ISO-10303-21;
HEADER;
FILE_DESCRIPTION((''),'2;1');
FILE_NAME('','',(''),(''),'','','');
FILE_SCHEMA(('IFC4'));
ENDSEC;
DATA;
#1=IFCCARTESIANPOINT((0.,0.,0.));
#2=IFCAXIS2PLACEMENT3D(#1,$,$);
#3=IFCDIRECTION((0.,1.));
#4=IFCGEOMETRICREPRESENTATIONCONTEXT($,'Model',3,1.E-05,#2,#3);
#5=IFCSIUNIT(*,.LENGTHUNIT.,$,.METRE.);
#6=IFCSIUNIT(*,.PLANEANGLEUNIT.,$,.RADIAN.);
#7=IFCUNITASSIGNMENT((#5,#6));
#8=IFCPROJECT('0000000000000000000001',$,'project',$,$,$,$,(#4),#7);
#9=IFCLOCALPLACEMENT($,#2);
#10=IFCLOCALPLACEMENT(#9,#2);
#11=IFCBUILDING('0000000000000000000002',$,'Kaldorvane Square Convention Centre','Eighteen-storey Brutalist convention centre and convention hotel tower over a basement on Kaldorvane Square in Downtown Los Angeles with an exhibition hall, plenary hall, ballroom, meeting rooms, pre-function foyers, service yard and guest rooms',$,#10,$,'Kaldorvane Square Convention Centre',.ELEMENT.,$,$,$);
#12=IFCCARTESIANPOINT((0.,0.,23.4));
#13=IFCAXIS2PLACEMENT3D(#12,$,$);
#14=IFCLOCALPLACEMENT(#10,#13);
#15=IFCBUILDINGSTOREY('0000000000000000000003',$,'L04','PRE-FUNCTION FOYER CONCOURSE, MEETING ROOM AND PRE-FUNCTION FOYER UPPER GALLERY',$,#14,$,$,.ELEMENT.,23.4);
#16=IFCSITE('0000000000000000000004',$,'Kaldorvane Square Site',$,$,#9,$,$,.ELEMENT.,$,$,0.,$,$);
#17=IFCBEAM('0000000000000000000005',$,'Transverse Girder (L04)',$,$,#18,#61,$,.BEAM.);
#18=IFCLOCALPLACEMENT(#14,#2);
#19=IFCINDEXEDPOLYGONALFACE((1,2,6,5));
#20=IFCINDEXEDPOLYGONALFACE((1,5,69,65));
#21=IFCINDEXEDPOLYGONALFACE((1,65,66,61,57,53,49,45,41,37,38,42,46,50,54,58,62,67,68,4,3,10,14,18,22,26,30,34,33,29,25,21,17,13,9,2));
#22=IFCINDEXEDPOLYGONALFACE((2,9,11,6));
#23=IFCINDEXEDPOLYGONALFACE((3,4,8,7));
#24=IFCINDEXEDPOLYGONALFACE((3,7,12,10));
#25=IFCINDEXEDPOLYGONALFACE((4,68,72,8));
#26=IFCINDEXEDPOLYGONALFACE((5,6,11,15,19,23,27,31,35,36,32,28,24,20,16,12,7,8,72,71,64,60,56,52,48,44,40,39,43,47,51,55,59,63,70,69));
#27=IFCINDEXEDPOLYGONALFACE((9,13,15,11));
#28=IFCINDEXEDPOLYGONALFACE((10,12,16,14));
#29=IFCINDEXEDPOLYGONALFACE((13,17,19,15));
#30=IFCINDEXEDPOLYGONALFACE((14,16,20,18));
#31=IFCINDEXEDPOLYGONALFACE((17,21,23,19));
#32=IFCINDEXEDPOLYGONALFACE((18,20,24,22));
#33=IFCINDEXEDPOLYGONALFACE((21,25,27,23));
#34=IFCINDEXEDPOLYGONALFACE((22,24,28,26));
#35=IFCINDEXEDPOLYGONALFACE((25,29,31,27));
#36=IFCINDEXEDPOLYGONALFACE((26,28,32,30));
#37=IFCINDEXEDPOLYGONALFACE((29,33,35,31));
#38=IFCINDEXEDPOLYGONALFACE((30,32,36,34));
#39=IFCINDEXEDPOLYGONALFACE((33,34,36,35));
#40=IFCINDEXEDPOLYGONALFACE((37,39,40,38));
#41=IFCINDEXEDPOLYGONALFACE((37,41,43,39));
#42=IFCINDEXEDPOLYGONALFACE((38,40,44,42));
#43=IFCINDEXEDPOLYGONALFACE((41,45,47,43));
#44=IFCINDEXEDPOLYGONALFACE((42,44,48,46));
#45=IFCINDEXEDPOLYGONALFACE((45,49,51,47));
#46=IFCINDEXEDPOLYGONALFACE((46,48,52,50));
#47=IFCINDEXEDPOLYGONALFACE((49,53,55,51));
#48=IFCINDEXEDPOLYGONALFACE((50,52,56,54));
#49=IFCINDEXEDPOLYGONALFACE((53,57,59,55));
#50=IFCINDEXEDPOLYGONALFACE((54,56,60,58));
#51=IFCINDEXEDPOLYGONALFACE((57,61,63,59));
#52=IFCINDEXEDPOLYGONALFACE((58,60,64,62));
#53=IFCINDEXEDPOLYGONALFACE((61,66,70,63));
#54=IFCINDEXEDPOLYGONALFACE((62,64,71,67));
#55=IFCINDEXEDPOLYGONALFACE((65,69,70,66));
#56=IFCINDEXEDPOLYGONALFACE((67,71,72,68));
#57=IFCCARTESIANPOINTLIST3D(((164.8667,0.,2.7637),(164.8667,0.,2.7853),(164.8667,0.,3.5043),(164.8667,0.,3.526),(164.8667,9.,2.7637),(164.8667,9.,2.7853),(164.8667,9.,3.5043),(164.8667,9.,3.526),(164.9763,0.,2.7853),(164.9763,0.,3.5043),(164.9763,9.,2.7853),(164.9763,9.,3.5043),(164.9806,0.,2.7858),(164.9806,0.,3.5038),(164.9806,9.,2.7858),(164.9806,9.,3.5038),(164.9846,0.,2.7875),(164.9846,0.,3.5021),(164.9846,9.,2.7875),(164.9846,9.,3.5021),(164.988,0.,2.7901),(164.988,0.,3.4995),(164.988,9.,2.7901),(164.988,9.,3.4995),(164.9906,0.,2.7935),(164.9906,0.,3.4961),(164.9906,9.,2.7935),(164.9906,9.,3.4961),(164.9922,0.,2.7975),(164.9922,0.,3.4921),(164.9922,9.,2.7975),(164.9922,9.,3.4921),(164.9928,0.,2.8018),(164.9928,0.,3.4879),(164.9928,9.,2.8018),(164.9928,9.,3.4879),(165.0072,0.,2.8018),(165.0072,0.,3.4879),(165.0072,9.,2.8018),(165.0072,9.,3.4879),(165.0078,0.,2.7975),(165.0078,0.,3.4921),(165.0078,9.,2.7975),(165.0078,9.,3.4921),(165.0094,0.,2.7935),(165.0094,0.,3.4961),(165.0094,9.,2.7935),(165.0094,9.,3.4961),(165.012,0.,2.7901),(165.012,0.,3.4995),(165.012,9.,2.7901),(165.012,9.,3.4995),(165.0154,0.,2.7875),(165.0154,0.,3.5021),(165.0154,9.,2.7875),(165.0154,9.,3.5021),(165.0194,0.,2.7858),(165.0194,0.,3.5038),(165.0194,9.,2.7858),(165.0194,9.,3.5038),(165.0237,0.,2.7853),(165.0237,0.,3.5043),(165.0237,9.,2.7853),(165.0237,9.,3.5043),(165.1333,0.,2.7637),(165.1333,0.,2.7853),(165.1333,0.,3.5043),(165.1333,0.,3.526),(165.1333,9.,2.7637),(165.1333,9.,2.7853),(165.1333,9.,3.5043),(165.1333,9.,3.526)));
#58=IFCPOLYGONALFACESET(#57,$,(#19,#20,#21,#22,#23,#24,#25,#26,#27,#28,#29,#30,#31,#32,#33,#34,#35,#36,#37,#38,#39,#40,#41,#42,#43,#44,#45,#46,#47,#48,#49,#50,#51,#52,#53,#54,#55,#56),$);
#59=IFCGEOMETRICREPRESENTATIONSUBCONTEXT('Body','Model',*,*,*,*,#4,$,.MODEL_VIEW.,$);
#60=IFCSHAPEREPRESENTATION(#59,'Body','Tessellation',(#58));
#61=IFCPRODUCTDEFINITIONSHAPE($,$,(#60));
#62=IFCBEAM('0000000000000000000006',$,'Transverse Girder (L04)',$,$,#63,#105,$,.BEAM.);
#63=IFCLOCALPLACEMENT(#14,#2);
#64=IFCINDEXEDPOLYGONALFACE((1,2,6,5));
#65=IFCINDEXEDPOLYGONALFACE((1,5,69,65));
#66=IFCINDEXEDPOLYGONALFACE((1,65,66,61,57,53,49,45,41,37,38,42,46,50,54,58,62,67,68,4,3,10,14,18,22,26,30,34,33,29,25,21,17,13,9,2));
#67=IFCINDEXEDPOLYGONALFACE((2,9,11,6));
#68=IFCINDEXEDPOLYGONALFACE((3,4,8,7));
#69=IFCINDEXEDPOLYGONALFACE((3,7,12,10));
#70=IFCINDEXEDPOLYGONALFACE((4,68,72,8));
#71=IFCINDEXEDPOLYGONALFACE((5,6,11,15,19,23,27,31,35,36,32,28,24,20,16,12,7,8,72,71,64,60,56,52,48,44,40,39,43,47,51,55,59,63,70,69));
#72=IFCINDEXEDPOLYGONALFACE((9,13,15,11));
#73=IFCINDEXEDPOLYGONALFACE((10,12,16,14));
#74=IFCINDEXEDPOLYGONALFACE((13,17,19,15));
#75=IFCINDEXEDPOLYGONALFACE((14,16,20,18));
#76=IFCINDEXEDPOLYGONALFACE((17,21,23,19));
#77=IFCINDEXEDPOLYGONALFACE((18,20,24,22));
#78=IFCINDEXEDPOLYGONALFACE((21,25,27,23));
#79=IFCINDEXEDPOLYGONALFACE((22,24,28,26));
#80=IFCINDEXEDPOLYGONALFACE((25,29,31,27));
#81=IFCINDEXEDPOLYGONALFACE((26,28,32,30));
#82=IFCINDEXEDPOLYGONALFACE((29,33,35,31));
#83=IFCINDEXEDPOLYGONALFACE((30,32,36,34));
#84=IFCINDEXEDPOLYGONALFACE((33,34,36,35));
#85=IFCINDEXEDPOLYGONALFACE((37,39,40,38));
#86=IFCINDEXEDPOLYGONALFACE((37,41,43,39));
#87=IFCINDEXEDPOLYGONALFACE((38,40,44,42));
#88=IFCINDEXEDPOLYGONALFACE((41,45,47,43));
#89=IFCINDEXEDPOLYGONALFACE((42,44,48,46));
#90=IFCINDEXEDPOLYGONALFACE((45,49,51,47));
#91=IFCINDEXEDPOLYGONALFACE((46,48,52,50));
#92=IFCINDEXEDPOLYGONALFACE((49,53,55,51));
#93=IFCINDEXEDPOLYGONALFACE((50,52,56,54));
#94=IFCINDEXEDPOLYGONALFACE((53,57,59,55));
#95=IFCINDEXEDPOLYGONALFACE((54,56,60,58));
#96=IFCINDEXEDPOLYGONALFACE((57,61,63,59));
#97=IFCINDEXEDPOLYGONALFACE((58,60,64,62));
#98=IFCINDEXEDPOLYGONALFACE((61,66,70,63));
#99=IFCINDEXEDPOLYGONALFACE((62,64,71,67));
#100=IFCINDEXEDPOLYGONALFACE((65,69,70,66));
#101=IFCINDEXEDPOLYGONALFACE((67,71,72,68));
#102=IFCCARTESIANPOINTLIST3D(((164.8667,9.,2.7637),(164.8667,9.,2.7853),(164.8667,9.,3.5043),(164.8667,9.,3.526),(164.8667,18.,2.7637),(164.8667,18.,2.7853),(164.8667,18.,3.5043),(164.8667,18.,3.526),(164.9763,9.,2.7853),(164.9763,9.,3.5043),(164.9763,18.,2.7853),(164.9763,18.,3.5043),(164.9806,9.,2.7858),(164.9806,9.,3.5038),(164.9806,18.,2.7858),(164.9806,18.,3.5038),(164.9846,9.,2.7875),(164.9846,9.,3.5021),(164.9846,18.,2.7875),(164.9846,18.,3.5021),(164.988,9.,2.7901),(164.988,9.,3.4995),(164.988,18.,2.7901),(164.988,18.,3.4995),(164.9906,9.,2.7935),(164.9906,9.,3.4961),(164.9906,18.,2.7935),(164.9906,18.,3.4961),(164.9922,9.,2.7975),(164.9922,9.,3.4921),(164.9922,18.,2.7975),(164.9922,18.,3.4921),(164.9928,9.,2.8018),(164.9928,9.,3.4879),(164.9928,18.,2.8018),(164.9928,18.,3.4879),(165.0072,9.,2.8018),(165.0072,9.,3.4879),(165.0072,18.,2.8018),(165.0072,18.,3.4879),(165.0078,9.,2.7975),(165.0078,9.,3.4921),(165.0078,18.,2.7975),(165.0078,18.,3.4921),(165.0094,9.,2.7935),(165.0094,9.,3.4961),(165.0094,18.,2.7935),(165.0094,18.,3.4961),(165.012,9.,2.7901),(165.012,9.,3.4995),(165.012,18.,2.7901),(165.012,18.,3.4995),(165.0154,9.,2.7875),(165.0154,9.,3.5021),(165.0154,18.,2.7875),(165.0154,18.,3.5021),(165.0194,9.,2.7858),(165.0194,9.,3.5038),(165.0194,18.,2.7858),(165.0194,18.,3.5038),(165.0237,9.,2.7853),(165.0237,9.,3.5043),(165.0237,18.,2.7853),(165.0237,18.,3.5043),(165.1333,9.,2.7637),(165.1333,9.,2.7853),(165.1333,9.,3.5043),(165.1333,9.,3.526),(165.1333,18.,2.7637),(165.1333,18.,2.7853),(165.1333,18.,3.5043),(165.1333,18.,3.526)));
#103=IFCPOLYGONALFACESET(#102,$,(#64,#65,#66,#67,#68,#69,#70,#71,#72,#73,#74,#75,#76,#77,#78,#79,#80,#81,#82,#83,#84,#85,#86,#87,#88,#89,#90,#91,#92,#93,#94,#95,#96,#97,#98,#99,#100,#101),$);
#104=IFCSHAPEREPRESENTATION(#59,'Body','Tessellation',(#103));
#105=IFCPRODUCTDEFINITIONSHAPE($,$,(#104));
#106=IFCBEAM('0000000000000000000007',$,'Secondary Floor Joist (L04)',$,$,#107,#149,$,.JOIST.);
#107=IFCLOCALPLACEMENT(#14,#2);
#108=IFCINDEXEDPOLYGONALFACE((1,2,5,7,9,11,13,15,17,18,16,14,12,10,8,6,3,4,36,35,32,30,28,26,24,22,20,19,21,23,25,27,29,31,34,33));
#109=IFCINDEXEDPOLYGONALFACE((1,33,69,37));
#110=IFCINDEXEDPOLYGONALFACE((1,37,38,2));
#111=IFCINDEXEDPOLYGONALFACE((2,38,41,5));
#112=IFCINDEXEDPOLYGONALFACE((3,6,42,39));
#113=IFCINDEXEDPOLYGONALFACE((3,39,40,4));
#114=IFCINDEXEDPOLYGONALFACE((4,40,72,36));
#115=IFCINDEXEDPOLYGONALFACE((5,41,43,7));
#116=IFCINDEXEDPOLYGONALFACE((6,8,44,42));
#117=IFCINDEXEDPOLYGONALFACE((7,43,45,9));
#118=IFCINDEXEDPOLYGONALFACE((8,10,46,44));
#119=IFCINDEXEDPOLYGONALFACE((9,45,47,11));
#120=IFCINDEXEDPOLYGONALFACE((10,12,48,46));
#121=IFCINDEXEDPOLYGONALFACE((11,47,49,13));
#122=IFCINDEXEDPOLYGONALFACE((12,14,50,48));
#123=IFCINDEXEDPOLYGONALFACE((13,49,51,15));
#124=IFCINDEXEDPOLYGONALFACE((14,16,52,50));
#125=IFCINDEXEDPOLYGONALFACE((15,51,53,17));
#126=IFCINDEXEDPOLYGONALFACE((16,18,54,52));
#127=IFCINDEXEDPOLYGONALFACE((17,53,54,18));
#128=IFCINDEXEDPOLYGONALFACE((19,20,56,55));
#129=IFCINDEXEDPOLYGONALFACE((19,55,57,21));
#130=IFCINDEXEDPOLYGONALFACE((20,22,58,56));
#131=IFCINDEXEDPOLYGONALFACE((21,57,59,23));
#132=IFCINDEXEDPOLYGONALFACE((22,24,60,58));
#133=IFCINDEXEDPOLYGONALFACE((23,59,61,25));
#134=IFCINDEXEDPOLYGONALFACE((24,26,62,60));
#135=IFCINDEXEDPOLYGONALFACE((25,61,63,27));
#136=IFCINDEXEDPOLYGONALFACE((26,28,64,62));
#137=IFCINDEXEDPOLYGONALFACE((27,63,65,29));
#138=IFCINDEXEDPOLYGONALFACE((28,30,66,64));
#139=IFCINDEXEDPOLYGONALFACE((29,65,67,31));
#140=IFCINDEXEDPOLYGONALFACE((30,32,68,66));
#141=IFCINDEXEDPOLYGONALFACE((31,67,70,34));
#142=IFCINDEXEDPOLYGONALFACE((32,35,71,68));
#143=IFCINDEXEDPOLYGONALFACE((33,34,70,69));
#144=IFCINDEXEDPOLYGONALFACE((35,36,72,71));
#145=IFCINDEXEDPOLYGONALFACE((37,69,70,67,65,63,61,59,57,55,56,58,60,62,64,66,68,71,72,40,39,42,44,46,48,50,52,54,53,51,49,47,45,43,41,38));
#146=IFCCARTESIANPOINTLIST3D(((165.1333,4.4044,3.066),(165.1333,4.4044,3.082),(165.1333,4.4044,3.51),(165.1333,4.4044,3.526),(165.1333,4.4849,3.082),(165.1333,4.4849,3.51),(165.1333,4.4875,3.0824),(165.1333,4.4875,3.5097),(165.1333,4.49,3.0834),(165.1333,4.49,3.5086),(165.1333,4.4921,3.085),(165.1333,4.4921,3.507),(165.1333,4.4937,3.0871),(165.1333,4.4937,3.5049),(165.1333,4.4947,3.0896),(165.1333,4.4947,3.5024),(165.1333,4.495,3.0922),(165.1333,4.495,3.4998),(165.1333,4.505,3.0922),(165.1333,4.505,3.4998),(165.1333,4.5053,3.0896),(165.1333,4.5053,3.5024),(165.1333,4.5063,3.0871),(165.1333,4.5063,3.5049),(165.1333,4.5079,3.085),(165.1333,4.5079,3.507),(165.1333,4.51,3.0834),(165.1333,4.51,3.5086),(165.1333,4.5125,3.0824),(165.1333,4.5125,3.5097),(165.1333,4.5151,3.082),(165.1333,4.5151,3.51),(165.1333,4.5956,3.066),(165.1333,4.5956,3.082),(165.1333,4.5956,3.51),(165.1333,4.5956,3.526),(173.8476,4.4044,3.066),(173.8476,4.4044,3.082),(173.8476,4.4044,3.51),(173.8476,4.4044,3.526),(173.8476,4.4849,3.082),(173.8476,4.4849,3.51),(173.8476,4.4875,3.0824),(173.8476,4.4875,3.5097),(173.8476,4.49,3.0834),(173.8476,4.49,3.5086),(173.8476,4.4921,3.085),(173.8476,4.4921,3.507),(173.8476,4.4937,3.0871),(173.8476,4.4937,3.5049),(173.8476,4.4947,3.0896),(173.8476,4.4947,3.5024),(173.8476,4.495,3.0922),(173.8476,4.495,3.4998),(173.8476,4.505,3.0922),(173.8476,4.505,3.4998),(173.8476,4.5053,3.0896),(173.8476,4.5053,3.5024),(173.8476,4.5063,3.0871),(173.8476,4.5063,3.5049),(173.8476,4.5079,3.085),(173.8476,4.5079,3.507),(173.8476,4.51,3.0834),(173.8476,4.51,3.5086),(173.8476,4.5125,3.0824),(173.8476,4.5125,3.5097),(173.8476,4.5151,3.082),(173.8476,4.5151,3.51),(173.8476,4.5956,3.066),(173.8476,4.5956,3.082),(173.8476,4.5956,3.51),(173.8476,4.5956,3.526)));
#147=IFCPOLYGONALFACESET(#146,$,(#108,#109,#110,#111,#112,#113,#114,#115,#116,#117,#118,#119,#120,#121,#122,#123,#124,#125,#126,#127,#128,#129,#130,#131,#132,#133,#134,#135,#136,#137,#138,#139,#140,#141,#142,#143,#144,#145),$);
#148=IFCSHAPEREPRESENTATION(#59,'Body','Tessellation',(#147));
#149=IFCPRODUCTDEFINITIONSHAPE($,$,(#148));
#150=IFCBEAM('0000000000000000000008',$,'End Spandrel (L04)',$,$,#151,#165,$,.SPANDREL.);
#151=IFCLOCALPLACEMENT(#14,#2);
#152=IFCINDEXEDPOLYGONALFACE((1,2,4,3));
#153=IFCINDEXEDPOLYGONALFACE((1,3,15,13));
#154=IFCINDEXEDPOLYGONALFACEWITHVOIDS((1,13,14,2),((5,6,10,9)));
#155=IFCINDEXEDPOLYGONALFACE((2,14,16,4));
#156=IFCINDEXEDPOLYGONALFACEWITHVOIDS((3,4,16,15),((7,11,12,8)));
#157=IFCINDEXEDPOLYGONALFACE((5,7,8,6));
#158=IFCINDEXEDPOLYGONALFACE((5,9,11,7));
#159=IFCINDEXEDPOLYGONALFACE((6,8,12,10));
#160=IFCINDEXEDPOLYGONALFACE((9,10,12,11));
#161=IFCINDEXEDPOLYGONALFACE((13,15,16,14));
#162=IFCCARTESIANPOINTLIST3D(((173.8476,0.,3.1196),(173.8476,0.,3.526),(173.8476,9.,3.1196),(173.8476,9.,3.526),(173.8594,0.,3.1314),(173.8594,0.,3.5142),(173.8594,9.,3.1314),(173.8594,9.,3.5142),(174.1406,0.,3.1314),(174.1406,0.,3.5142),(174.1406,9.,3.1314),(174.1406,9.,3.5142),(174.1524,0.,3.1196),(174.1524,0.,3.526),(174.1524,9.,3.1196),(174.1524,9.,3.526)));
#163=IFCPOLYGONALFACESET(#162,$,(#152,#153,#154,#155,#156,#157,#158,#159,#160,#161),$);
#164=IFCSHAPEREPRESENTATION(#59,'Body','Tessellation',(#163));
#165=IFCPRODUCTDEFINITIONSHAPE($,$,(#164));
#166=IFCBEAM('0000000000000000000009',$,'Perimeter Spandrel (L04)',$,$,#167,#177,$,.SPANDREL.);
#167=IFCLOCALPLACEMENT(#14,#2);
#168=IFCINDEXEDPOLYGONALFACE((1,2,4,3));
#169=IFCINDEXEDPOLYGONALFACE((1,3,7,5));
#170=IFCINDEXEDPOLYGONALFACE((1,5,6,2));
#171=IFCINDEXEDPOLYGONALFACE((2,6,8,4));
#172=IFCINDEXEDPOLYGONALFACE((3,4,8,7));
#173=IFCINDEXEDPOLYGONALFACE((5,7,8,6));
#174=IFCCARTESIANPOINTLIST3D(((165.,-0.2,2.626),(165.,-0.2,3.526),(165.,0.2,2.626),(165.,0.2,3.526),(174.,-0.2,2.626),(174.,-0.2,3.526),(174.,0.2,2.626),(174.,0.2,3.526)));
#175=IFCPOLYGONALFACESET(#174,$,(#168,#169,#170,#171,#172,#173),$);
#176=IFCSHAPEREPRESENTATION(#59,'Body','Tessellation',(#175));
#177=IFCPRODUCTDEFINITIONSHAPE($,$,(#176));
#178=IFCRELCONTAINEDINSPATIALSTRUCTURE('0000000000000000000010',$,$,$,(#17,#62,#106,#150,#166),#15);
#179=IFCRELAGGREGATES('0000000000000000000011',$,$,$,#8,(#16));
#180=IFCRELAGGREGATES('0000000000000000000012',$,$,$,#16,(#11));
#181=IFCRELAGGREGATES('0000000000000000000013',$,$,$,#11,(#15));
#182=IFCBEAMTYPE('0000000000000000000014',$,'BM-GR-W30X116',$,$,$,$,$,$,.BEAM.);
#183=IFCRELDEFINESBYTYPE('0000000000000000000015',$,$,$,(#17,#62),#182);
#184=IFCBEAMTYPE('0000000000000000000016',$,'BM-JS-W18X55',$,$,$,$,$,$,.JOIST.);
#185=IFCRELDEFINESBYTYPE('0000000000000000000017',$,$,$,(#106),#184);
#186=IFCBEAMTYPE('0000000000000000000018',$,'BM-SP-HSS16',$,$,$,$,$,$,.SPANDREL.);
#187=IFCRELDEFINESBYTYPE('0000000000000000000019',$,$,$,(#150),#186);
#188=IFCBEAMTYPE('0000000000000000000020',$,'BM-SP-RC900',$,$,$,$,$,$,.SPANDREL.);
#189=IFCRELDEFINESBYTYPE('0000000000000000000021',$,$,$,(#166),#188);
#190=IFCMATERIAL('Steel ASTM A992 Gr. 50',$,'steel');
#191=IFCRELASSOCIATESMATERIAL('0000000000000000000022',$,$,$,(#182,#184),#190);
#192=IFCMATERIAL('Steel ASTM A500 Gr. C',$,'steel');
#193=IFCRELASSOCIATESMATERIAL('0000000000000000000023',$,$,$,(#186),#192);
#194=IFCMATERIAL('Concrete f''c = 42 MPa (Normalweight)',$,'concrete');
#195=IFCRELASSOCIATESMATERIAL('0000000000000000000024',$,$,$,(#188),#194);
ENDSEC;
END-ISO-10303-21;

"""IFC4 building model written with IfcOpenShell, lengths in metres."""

from ifc_helpers import new_model, si_unit, direction, frame, origin, origin_2d, place, context, subcontext, project, spatial, rectangle, hollow_rectangle, i_section, extrude, material, material_profile, profile_set, type_object, element, save


model = new_model("IFC4")

# Units and contexts
model_context = context("Model", 3, precision=1e-05, world=origin(), true_north=direction((0.0, 1.0)))
body_context = subcontext(model_context, "Body", "Model", "MODEL_VIEW")
ifc_project = project(units=[si_unit("LENGTHUNIT", "METRE"), si_unit("PLANEANGLEUNIT", "RADIAN")], contexts=[model_context])

# Site, building, storey
site_placement = place(None, origin())
site = spatial("IfcSite", under=ifc_project, at=site_placement, Name="Kaldorvane Square Site", CompositionType="ELEMENT", RefElevation=0.0)
building_placement = place(site_placement, origin())
building = spatial("IfcBuilding", under=site, at=building_placement, Name="Kaldorvane Square Convention Centre", Description="Eighteen-storey Brutalist convention centre and convention hotel tower over a basement on Kaldorvane Square in Downtown Los Angeles with an exhibition hall, plenary hall, ballroom, meeting rooms, pre-function foyers, service yard and guest rooms", LongName="Kaldorvane Square Convention Centre", CompositionType="ELEMENT")
storey_placement = place(building_placement, frame((0.0, 0.0, 23.4)))
storey = spatial("IfcBuildingStorey", under=building, at=storey_placement, Name="L04", Description="PRE-FUNCTION FOYER CONCOURSE, MEETING ROOM AND PRE-FUNCTION FOYER UPPER GALLERY", CompositionType="ELEMENT", Elevation=23.4)

# Shared definitions
ifc_material_1 = material(Name="Steel ASTM A992 Gr. 50", Category="steel")

# Beams
ifc_material_profile_1 = material_profile(ifc_material_1, i_section(OverallWidth=0.2666, OverallDepth=0.7623, WebThickness=0.0144, FlangeThickness=0.0216, FilletRadius=0.0165, at=origin_2d()), Name="W30X116")
ifc_profile_set_1 = profile_set([ifc_material_profile_1], Name="Steel ASTM A992 Gr. 50")
beam_type_1 = type_object("IfcBeamType", Name="BM-GR-W30X116", PredefinedType="BEAM", material=ifc_profile_set_1)
for number, where, z_axis, x_axis, name in (
    (1, (165.0, 0.0, 3.1448), (0.0, 1.0, 0.0), (-1.0, 0.0, 0.0), "Transverse Girder (L04)"),
    (2, (165.0, 9.0, 3.1448), (0.0, 1.0, 0.0), (-1.0, 0.0, 0.0), "Transverse Girder (L04)"),
):
    element("IfcBeam", number, at=place(storey_placement, frame(where, z_axis=z_axis, x_axis=x_axis)), inside=storey, type_object=beam_type_1, Name=name, PredefinedType="BEAM", context=body_context, shape_type="SweptSolid", body=[
        extrude(i_section(OverallWidth=0.2666, OverallDepth=0.7623, WebThickness=0.0144, FlangeThickness=0.0216, FilletRadius=0.0165, at=origin_2d()), origin(), (0.0, 0.0, 1.0), 9.0),
    ])
ifc_material_profile_2 = material_profile(ifc_material_1, i_section(OverallWidth=0.1913, OverallDepth=0.46, WebThickness=0.0099, FlangeThickness=0.016, FilletRadius=0.0102, at=origin_2d()), Name="W18X55")
ifc_profile_set_2 = profile_set([ifc_material_profile_2], Name="Steel ASTM A992 Gr. 50")
beam_type_2 = type_object("IfcBeamType", Name="BM-JS-W18X55", PredefinedType="JOIST", material=ifc_profile_set_2)
beam_1_placement = place(storey_placement, frame((165.1333, 4.5, 3.296), z_axis=(1.0, 0.0, 0.0), x_axis=(0.0, 1.0, 0.0)))
element("IfcBeam", 3, at=beam_1_placement, inside=storey, type_object=beam_type_2, Name="Secondary Floor Joist (L04)", PredefinedType="JOIST", context=body_context, shape_type="SweptSolid", body=[
    extrude(i_section(OverallWidth=0.1913, OverallDepth=0.46, WebThickness=0.0099, FlangeThickness=0.016, FilletRadius=0.0102, at=origin_2d()), origin(), (0.0, 0.0, 1.0), 8.7143),
])
ifc_material_2 = material(Name="Steel ASTM A500 Gr. C", Category="steel")
ifc_material_profile_3 = material_profile(ifc_material_2, hollow_rectangle(XDim=0.3048, YDim=0.4064, WallThickness=0.0118, at=origin_2d()), Name="HSS16X12X1/2")
ifc_profile_set_3 = profile_set([ifc_material_profile_3], Name="Steel ASTM A500 Gr. C")
beam_type_3 = type_object("IfcBeamType", Name="BM-SP-HSS16", PredefinedType="SPANDREL", material=ifc_profile_set_3)
beam_2_placement = place(storey_placement, frame((174.0, 0.0, 3.3228), z_axis=(0.0, 1.0, 0.0), x_axis=(-1.0, 0.0, 0.0)))
element("IfcBeam", 4, at=beam_2_placement, inside=storey, type_object=beam_type_3, Name="End Spandrel (L04)", PredefinedType="SPANDREL", context=body_context, shape_type="SweptSolid", body=[
    extrude(hollow_rectangle(XDim=0.3048, YDim=0.4064, WallThickness=0.0118, at=origin_2d()), origin(), (0.0, 0.0, 1.0), 9.0),
])
ifc_material_3 = material(Name="Concrete f'c = 42 MPa (Normalweight)", Category="concrete")
ifc_material_profile_4 = material_profile(ifc_material_3, rectangle(XDim=0.4, YDim=0.9, at=origin_2d()), Name="RCSP900X400")
ifc_profile_set_4 = profile_set([ifc_material_profile_4], Name="Concrete f'c = 42 MPa (Normalweight)")
beam_type_4 = type_object("IfcBeamType", Name="BM-SP-RC900", PredefinedType="SPANDREL", material=ifc_profile_set_4)
beam_3_placement = place(storey_placement, frame((165.0, 0.0, 3.076), z_axis=(1.0, 0.0, 0.0), x_axis=(0.0, 1.0, 0.0)))
element("IfcBeam", 5, at=beam_3_placement, inside=storey, type_object=beam_type_4, Name="Perimeter Spandrel (L04)", PredefinedType="SPANDREL", context=body_context, shape_type="SweptSolid", body=[
    extrude(rectangle(XDim=0.4, YDim=0.9, at=origin_2d()), origin(), (0.0, 0.0, 1.0), 9.0),
])

save(model, "model.ifc")
